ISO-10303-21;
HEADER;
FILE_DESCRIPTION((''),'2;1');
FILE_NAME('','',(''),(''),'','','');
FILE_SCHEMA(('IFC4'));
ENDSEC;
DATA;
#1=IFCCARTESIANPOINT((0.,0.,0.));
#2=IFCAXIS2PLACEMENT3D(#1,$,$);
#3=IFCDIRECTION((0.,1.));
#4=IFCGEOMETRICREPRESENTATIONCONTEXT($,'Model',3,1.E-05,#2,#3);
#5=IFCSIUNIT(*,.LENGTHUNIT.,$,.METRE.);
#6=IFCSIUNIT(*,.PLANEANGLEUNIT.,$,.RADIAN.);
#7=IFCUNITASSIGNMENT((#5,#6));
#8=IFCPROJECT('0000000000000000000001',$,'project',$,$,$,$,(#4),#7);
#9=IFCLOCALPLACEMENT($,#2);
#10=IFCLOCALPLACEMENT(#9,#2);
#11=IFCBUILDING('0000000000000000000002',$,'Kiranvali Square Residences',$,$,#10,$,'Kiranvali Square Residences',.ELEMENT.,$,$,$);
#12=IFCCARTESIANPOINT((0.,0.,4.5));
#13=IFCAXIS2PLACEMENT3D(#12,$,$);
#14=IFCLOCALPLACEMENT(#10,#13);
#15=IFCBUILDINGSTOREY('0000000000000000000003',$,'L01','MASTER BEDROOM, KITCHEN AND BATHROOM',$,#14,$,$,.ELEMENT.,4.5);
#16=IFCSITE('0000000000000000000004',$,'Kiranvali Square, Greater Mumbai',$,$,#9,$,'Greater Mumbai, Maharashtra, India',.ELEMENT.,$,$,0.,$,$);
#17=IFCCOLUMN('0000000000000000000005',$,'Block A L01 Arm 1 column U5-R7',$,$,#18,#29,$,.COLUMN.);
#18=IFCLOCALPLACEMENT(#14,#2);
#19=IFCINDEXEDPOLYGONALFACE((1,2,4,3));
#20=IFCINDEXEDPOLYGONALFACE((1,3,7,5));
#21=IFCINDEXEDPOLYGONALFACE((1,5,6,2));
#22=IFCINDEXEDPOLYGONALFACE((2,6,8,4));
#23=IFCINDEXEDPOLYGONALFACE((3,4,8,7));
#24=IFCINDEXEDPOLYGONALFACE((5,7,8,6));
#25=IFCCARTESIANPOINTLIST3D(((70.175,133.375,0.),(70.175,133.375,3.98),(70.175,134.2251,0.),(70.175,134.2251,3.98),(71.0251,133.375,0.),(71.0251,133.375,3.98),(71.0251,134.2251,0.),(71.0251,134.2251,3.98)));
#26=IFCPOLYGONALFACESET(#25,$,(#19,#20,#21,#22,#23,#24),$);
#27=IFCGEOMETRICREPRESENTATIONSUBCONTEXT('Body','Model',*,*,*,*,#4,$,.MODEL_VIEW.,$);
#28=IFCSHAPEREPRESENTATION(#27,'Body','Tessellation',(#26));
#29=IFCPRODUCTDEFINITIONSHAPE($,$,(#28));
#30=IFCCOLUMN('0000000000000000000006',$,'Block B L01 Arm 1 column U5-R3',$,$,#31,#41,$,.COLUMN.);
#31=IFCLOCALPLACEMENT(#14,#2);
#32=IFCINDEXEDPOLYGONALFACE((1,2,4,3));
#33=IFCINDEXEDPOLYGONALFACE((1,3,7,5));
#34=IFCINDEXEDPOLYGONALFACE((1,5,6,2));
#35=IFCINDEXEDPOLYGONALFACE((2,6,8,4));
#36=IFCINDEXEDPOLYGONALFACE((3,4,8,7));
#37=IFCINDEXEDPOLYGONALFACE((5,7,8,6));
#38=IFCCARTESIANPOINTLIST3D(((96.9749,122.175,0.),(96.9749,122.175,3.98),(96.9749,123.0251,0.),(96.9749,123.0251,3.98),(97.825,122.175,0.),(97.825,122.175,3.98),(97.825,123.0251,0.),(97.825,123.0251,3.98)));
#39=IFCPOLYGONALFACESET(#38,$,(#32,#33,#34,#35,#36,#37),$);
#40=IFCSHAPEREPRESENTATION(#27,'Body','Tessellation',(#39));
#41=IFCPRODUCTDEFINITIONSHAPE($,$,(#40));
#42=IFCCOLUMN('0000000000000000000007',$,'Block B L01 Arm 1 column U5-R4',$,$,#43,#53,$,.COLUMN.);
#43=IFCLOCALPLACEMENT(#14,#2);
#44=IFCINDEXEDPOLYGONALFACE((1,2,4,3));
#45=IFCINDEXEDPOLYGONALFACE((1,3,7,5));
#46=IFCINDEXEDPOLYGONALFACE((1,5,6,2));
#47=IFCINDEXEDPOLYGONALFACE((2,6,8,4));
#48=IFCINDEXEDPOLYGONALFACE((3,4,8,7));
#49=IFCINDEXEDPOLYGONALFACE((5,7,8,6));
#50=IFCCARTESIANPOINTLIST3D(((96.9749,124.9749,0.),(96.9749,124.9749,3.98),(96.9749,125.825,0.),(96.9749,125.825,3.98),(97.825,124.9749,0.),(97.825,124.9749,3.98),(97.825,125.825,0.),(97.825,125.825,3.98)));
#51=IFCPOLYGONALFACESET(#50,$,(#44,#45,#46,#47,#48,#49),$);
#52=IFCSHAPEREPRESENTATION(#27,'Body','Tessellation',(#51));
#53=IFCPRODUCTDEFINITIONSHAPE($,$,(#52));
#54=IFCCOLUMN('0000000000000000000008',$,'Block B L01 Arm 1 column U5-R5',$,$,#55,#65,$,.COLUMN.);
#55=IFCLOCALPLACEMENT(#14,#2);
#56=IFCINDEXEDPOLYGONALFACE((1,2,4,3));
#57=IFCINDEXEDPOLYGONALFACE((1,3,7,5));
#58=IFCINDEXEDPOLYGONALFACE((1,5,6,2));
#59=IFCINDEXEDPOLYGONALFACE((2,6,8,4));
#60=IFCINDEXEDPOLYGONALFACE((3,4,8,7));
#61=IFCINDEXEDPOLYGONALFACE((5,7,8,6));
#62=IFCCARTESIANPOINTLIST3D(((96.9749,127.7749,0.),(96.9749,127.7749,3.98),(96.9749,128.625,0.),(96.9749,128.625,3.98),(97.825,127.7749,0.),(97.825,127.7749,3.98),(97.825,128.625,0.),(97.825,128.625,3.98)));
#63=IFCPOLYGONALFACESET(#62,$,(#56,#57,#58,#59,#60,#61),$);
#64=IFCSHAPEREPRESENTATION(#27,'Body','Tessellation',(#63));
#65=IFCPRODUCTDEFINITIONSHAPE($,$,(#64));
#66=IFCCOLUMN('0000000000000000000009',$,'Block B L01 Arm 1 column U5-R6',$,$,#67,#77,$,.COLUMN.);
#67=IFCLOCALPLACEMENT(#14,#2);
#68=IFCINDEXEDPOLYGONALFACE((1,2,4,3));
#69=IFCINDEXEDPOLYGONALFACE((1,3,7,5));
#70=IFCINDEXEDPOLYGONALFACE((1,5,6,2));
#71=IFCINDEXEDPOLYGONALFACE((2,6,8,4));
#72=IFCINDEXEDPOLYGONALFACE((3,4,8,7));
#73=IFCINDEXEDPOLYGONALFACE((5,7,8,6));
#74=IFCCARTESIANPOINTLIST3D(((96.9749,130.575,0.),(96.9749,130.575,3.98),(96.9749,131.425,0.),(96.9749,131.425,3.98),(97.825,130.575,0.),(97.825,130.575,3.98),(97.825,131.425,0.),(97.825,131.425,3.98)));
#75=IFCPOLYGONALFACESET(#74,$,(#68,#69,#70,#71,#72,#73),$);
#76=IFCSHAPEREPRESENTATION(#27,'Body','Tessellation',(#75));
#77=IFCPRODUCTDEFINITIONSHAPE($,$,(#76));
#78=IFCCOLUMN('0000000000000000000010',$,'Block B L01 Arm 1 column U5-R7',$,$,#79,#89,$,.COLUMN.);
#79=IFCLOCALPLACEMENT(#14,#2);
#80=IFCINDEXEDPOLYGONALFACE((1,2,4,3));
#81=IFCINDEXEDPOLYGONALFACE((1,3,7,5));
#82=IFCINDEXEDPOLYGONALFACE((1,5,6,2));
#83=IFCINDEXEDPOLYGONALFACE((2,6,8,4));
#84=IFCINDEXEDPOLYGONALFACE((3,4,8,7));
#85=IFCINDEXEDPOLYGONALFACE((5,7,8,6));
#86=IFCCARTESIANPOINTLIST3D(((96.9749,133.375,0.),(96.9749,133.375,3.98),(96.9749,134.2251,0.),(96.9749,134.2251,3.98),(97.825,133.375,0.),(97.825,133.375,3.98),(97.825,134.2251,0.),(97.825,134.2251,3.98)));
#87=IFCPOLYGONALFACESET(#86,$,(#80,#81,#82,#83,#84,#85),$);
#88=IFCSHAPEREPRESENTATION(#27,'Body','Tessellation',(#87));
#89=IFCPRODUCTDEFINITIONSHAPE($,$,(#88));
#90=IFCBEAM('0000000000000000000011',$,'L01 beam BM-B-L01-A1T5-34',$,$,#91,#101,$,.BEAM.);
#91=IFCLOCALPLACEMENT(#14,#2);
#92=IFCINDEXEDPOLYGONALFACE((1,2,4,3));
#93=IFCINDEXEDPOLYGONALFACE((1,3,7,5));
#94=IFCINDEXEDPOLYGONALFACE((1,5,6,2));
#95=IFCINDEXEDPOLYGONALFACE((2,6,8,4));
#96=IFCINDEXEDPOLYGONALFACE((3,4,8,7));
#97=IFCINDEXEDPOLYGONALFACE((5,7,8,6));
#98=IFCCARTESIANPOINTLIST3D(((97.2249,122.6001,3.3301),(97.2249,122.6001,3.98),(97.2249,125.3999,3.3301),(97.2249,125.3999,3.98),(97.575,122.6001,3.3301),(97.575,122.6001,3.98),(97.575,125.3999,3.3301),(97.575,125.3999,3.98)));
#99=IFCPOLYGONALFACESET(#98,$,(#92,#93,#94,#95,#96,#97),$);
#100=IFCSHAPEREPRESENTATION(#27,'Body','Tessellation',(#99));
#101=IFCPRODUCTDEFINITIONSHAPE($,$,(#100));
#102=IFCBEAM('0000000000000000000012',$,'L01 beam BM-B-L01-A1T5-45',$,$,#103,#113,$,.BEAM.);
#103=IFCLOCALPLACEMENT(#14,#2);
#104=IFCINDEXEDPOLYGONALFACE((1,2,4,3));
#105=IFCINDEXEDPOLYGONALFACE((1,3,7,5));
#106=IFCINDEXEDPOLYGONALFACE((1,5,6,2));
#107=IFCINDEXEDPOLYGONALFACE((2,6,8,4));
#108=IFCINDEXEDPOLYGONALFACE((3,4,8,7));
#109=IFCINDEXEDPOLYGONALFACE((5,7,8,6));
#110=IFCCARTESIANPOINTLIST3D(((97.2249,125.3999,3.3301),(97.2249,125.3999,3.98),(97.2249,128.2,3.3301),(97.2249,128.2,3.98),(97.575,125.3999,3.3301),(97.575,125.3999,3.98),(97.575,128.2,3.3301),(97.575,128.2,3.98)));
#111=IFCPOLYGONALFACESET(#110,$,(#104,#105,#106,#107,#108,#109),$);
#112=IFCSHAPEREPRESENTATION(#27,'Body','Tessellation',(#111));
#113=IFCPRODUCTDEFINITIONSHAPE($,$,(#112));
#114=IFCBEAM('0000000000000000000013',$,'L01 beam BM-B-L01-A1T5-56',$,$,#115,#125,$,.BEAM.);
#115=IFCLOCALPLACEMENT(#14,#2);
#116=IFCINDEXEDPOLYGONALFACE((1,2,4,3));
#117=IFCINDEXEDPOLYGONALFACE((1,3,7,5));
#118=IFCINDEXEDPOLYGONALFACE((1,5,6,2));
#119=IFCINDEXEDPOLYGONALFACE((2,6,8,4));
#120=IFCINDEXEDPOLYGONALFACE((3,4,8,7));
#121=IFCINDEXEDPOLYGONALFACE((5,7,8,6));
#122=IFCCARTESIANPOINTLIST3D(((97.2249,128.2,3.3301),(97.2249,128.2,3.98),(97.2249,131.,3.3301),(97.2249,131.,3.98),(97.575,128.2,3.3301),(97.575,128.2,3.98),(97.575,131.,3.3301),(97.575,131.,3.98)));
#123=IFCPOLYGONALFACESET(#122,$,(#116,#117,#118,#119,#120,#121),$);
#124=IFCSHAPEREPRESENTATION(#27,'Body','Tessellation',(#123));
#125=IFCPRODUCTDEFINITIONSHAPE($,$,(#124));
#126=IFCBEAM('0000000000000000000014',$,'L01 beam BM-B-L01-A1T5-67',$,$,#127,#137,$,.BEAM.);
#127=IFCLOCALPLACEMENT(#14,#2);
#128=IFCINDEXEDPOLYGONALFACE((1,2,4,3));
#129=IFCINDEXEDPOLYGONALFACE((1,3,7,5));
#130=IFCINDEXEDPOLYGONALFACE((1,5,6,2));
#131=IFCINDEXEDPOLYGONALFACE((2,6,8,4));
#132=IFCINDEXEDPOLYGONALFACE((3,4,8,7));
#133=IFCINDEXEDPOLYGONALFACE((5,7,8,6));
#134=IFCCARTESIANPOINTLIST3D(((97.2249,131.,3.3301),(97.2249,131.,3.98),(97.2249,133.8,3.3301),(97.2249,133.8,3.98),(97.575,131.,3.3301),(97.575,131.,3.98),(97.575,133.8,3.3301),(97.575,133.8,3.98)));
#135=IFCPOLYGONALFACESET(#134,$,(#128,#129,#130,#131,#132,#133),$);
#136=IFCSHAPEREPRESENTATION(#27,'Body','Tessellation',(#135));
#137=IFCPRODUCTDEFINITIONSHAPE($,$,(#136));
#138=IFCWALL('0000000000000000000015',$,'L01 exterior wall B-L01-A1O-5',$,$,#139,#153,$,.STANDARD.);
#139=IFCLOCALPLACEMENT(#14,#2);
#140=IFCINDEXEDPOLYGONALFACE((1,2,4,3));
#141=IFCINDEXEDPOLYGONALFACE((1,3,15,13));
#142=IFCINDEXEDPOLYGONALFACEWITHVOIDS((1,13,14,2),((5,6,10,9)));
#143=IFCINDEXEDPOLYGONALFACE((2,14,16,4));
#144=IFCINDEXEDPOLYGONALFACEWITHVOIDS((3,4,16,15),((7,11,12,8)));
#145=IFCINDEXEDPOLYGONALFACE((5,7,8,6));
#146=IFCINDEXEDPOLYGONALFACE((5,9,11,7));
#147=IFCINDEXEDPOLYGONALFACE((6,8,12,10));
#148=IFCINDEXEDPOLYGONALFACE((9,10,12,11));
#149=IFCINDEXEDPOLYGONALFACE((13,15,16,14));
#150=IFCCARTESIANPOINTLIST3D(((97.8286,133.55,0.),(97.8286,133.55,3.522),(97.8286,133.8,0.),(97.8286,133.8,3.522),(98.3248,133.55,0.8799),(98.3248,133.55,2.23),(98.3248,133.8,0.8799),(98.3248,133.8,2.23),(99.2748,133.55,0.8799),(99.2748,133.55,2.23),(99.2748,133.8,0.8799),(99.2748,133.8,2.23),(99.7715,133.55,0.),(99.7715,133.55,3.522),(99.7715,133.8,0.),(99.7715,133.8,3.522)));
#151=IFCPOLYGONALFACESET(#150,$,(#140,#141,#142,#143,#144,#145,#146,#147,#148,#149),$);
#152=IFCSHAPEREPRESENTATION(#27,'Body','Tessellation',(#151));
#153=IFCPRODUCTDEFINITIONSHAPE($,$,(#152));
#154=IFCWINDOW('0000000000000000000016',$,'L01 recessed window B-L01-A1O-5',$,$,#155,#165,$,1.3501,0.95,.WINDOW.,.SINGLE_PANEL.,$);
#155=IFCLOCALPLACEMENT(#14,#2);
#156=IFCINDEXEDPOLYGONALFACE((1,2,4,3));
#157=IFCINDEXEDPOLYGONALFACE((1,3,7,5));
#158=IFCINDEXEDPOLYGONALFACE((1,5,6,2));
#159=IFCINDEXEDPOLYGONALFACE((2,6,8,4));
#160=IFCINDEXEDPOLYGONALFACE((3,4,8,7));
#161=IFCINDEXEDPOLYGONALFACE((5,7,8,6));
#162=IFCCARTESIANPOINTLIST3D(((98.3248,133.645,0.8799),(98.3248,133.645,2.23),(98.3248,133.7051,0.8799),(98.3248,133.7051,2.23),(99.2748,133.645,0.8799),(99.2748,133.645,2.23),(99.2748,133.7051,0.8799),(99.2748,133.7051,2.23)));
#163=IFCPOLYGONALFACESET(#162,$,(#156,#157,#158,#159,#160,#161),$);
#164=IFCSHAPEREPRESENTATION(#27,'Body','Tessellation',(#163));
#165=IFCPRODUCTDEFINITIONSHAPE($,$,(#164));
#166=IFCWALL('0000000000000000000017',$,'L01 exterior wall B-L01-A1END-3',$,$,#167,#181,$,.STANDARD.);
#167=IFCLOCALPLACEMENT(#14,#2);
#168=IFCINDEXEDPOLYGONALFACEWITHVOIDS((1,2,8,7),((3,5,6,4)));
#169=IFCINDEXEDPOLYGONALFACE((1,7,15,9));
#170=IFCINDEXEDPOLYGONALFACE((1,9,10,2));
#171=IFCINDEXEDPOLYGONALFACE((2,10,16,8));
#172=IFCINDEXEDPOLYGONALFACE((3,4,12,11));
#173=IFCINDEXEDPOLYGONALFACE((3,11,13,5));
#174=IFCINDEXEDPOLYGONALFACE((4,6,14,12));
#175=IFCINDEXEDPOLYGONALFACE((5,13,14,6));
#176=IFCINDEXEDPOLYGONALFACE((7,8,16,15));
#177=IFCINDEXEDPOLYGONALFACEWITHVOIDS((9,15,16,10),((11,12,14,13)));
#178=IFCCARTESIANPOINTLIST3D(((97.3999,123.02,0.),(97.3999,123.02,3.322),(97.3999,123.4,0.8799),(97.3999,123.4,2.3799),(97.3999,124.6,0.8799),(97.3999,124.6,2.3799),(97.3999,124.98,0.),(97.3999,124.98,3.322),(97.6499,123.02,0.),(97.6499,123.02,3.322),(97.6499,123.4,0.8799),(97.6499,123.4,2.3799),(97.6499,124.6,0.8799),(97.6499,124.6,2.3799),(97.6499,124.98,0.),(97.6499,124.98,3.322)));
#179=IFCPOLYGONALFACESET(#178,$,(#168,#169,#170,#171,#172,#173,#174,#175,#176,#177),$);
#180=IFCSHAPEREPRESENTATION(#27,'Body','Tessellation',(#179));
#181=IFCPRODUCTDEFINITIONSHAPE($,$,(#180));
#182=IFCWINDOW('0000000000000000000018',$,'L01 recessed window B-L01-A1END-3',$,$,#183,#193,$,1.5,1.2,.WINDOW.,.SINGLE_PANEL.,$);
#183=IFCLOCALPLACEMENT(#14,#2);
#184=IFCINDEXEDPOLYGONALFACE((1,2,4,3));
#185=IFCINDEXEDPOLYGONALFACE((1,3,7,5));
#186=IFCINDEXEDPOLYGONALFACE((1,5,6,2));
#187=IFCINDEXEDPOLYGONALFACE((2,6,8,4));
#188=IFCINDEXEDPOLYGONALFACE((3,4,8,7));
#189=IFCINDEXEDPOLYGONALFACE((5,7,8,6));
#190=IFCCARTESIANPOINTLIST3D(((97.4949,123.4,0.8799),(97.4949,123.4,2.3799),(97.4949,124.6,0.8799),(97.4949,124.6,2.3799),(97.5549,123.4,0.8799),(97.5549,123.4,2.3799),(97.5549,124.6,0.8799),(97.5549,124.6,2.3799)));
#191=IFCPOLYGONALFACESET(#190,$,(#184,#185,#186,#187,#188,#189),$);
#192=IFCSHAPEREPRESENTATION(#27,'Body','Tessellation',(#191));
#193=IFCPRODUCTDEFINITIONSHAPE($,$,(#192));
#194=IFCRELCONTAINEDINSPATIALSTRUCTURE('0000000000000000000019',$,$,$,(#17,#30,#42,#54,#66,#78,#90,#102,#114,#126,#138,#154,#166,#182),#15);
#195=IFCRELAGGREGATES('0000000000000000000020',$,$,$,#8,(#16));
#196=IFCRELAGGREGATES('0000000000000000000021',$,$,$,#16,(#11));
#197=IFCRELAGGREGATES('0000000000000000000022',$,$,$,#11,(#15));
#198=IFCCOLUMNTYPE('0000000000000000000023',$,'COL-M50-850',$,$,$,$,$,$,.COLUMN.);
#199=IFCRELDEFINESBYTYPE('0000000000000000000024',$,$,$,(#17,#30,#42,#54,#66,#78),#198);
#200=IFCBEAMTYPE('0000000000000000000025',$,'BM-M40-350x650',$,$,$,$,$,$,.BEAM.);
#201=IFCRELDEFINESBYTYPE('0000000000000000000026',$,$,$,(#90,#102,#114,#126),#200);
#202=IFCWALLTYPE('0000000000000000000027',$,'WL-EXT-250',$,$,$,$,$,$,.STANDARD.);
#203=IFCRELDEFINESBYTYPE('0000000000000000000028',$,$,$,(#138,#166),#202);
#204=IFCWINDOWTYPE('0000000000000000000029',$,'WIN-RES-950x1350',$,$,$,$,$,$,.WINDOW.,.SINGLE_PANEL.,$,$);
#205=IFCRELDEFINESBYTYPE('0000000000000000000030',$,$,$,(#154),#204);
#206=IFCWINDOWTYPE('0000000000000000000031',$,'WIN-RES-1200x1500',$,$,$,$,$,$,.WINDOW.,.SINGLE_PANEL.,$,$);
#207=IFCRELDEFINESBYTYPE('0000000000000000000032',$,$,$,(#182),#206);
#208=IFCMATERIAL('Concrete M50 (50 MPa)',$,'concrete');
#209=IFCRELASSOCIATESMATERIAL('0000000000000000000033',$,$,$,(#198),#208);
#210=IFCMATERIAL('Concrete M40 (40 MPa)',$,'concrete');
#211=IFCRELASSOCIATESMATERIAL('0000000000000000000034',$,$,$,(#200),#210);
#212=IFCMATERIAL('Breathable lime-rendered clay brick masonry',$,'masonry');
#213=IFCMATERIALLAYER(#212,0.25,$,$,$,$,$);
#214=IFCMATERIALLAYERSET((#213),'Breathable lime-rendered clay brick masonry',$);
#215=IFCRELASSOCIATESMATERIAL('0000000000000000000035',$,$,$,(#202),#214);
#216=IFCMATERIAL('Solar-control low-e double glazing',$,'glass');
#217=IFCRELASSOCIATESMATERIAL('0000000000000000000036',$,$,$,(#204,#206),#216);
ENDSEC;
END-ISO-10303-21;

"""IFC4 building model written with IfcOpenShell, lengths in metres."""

from ifc_helpers import new_model, si_unit, direction, frame, frame_2d, origin, origin_2d, place, context, subcontext, project, spatial, rectangle, extrude, material, layer, layer_set, material_profile, profile_set, type_object, element, fill, save


model = new_model("IFC4")

# Units and contexts
model_context = context("Model", 3, precision=1e-05, world=origin(), true_north=direction((0.0, 1.0)))
body_context = subcontext(model_context, "Body", "Model", "MODEL_VIEW")
ifc_project = project(units=[si_unit("LENGTHUNIT", "METRE"), si_unit("PLANEANGLEUNIT", "RADIAN")], contexts=[model_context])

# Site, building, storey
site_placement = place(None, origin())
site = spatial("IfcSite", under=ifc_project, at=site_placement, Name="Kiranvali Square, Greater Mumbai", LongName="Greater Mumbai, Maharashtra, India", CompositionType="ELEMENT", RefElevation=0.0)
building_placement = place(site_placement, origin())
building = spatial("IfcBuilding", under=site, at=building_placement, Name="Kiranvali Square Residences", LongName="Kiranvali Square Residences", CompositionType="ELEMENT")
storey_placement = place(building_placement, frame((0.0, 0.0, 4.5)))
storey = spatial("IfcBuildingStorey", under=building, at=storey_placement, Name="L01", Description="MASTER BEDROOM, KITCHEN AND BATHROOM", CompositionType="ELEMENT", Elevation=4.5)

# Columns
ifc_material_1 = material(Name="Concrete M50 (50 MPa)", Category="concrete")
ifc_material_profile_1 = material_profile(ifc_material_1, rectangle(XDim=0.8501, YDim=0.8501, at=origin_2d()), Name="RC 850x850")
ifc_profile_set_1 = profile_set([ifc_material_profile_1], Name="Concrete M50 (50 MPa)")
column_type = type_object("IfcColumnType", Name="COL-M50-850", PredefinedType="COLUMN", material=ifc_profile_set_1)
for number, where, z_axis, x_axis, name in (
    (1, (70.6001, 133.8, 0.0), (0.0, 0.0, 1.0), (1.0, 0.0, 0.0), "Block A L01 Arm 1 column U5-R7"),
    (2, (97.3999, 122.6001, 0.0), (0.0, 0.0, 1.0), (1.0, 0.0, 0.0), "Block B L01 Arm 1 column U5-R3"),
    (3, (97.3999, 125.3999, 0.0), (0.0, 0.0, 1.0), (1.0, 0.0, 0.0), "Block B L01 Arm 1 column U5-R4"),
    (4, (97.3999, 128.2, 0.0), (0.0, 0.0, 1.0), (1.0, 0.0, 0.0), "Block B L01 Arm 1 column U5-R5"),
    (5, (97.3999, 131.0, 0.0), (0.0, 0.0, 1.0), (1.0, 0.0, 0.0), "Block B L01 Arm 1 column U5-R6"),
    (6, (97.3999, 133.8, 0.0), (0.0, 0.0, 1.0), (1.0, 0.0, 0.0), "Block B L01 Arm 1 column U5-R7"),
):
    element("IfcColumn", number, at=place(storey_placement, frame(where, z_axis=z_axis, x_axis=x_axis)), inside=storey, type_object=column_type, Name=name, PredefinedType="COLUMN", context=body_context, shape_type="SweptSolid", body=[
        extrude(rectangle(XDim=0.8501, YDim=0.8501, at=origin_2d()), origin(), (0.0, 0.0, 1.0), 3.98),
    ])

# Beams
ifc_material_2 = material(Name="Concrete M40 (40 MPa)", Category="concrete")
ifc_material_profile_2 = material_profile(ifc_material_2, rectangle(XDim=0.3501, YDim=0.6499, at=origin_2d()), Name="RC 350x650")
ifc_profile_set_2 = profile_set([ifc_material_profile_2], Name="Concrete M40 (40 MPa)")
beam_type = type_object("IfcBeamType", Name="BM-M40-350x650", PredefinedType="BEAM", material=ifc_profile_set_2)
beam_placement = place(storey_placement, frame((97.3999, 122.6001, 3.655), z_axis=(0.0, 1.0, 0.0), x_axis=(-1.0, 0.0, 0.0)))
element("IfcBeam", 7, at=beam_placement, inside=storey, type_object=beam_type, Name="L01 beam BM-B-L01-A1T5-34", PredefinedType="BEAM", context=body_context, shape_type="SweptSolid", body=[
    extrude(rectangle(XDim=0.3501, YDim=0.6499, at=origin_2d()), origin(), (0.0, 0.0, 1.0), 2.7998),
])
for number, where, z_axis, x_axis, name in (
    (8, (97.3999, 125.3999, 3.655), (0.0, 1.0, 0.0), (-1.0, 0.0, 0.0), "L01 beam BM-B-L01-A1T5-45"),
    (9, (97.3999, 128.2, 3.655), (0.0, 1.0, 0.0), (-1.0, 0.0, 0.0), "L01 beam BM-B-L01-A1T5-56"),
    (10, (97.3999, 131.0, 3.655), (0.0, 1.0, 0.0), (-1.0, 0.0, 0.0), "L01 beam BM-B-L01-A1T5-67"),
):
    element("IfcBeam", number, at=place(storey_placement, frame(where, z_axis=z_axis, x_axis=x_axis)), inside=storey, type_object=beam_type, Name=name, PredefinedType="BEAM", context=body_context, shape_type="SweptSolid", body=[
        extrude(rectangle(XDim=0.3501, YDim=0.6499, at=origin_2d()), origin(), (0.0, 0.0, 1.0), 2.8),
    ])

# Walls, openings, windows
ifc_material_3 = material(Name="Breathable lime-rendered clay brick masonry", Category="masonry")
ifc_layer_1 = layer(ifc_material_3, 0.25)
ifc_layer_set_1 = layer_set([ifc_layer_1], Name="Breathable lime-rendered clay brick masonry")
wall_type_1 = type_object("IfcWallType", Name="WL-EXT-250", PredefinedType="STANDARD", material=ifc_layer_set_1)
wall_1_placement = place(storey_placement, frame((99.7715, 133.675, 0.0), z_axis=(0.0, 0.0, 1.0), x_axis=(-1.0, 0.0, 0.0)))
wall_1 = element("IfcWall", 11, at=wall_1_placement, inside=storey, type_object=wall_type_1, Name="L01 exterior wall B-L01-A1O-5", PredefinedType="STANDARD", context=body_context, shape_type="SweptSolid", body=[
    extrude(rectangle(XDim=1.9429, YDim=0.25, at=frame_2d((0.9714, 0.0))), origin(), (0.0, 0.0, 1.0), 3.522),
])
opening_1_placement = place(wall_1_placement, frame((0.4966, 0.0, 0.8799)))
opening_1 = element("IfcOpeningElement", 12, at=opening_1_placement, cuts=wall_1, PredefinedType="OPENING", context=body_context, shape_type="SweptSolid", body=[
    extrude(rectangle(XDim=0.95, YDim=1.3501, at=frame_2d((0.4751, 0.675))), frame((0.0, 0.135, 0.0), z_axis=(0.0, -1.0, 0.0), x_axis=(1.0, 0.0, 0.0)), (0.0, 0.0, 1.0), 0.27),
])
ifc_material_4 = material(Name="Solar-control low-e double glazing", Category="glass")
window_type_1 = type_object("IfcWindowType", Name="WIN-RES-950x1350", PartitioningType="SINGLE_PANEL", PredefinedType="WINDOW", material=ifc_material_4)
window_1_placement = place(opening_1_placement, origin())
window_1 = element("IfcWindow", 13, at=window_1_placement, inside=storey, type_object=window_type_1, Name="L01 recessed window B-L01-A1O-5", OverallHeight=1.3501, OverallWidth=0.95, PartitioningType="SINGLE_PANEL", PredefinedType="WINDOW", context=body_context, shape_type="SweptSolid", body=[
    extrude(rectangle(XDim=0.95, YDim=1.3501, at=frame_2d((0.4751, 0.675))), frame((0.0, 0.03, 0.0), z_axis=(0.0, -1.0, 0.0), x_axis=(1.0, 0.0, 0.0)), (0.0, 0.0, 1.0), 0.0601),
])
fill(opening_1, window_1)
wall_2_placement = place(storey_placement, frame((97.5249, 123.02, 0.0), z_axis=(0.0, 0.0, 1.0), x_axis=(0.0, 1.0, 0.0)))
wall_2 = element("IfcWall", 14, at=wall_2_placement, inside=storey, type_object=wall_type_1, Name="L01 exterior wall B-L01-A1END-3", PredefinedType="STANDARD", context=body_context, shape_type="SweptSolid", body=[
    extrude(rectangle(XDim=1.96, YDim=0.25, at=frame_2d((0.98, 0.0))), origin(), (0.0, 0.0, 1.0), 3.322),
])
opening_2_placement = place(wall_2_placement, frame((0.3799, 0.0, 0.8799)))
opening_2 = element("IfcOpeningElement", 15, at=opening_2_placement, cuts=wall_2, PredefinedType="OPENING", context=body_context, shape_type="SweptSolid", body=[
    extrude(rectangle(XDim=1.2, YDim=1.5, at=frame_2d((0.6001, 0.75))), frame((0.0, 0.135, 0.0), z_axis=(0.0, -1.0, 0.0), x_axis=(1.0, 0.0, 0.0)), (0.0, 0.0, 1.0), 0.27),
])
window_type_2 = type_object("IfcWindowType", Name="WIN-RES-1200x1500", PartitioningType="SINGLE_PANEL", PredefinedType="WINDOW", material=ifc_material_4)
window_2_placement = place(opening_2_placement, origin())
window_2 = element("IfcWindow", 16, at=window_2_placement, inside=storey, type_object=window_type_2, Name="L01 recessed window B-L01-A1END-3", OverallHeight=1.5, OverallWidth=1.2, PartitioningType="SINGLE_PANEL", PredefinedType="WINDOW", context=body_context, shape_type="SweptSolid", body=[
    extrude(rectangle(XDim=1.2, YDim=1.5, at=frame_2d((0.6001, 0.75))), frame((0.0, 0.03, 0.0), z_axis=(0.0, -1.0, 0.0), x_axis=(1.0, 0.0, 0.0)), (0.0, 0.0, 1.0), 0.0601),
])
fill(opening_2, window_2)

save(model, "model.ifc")
